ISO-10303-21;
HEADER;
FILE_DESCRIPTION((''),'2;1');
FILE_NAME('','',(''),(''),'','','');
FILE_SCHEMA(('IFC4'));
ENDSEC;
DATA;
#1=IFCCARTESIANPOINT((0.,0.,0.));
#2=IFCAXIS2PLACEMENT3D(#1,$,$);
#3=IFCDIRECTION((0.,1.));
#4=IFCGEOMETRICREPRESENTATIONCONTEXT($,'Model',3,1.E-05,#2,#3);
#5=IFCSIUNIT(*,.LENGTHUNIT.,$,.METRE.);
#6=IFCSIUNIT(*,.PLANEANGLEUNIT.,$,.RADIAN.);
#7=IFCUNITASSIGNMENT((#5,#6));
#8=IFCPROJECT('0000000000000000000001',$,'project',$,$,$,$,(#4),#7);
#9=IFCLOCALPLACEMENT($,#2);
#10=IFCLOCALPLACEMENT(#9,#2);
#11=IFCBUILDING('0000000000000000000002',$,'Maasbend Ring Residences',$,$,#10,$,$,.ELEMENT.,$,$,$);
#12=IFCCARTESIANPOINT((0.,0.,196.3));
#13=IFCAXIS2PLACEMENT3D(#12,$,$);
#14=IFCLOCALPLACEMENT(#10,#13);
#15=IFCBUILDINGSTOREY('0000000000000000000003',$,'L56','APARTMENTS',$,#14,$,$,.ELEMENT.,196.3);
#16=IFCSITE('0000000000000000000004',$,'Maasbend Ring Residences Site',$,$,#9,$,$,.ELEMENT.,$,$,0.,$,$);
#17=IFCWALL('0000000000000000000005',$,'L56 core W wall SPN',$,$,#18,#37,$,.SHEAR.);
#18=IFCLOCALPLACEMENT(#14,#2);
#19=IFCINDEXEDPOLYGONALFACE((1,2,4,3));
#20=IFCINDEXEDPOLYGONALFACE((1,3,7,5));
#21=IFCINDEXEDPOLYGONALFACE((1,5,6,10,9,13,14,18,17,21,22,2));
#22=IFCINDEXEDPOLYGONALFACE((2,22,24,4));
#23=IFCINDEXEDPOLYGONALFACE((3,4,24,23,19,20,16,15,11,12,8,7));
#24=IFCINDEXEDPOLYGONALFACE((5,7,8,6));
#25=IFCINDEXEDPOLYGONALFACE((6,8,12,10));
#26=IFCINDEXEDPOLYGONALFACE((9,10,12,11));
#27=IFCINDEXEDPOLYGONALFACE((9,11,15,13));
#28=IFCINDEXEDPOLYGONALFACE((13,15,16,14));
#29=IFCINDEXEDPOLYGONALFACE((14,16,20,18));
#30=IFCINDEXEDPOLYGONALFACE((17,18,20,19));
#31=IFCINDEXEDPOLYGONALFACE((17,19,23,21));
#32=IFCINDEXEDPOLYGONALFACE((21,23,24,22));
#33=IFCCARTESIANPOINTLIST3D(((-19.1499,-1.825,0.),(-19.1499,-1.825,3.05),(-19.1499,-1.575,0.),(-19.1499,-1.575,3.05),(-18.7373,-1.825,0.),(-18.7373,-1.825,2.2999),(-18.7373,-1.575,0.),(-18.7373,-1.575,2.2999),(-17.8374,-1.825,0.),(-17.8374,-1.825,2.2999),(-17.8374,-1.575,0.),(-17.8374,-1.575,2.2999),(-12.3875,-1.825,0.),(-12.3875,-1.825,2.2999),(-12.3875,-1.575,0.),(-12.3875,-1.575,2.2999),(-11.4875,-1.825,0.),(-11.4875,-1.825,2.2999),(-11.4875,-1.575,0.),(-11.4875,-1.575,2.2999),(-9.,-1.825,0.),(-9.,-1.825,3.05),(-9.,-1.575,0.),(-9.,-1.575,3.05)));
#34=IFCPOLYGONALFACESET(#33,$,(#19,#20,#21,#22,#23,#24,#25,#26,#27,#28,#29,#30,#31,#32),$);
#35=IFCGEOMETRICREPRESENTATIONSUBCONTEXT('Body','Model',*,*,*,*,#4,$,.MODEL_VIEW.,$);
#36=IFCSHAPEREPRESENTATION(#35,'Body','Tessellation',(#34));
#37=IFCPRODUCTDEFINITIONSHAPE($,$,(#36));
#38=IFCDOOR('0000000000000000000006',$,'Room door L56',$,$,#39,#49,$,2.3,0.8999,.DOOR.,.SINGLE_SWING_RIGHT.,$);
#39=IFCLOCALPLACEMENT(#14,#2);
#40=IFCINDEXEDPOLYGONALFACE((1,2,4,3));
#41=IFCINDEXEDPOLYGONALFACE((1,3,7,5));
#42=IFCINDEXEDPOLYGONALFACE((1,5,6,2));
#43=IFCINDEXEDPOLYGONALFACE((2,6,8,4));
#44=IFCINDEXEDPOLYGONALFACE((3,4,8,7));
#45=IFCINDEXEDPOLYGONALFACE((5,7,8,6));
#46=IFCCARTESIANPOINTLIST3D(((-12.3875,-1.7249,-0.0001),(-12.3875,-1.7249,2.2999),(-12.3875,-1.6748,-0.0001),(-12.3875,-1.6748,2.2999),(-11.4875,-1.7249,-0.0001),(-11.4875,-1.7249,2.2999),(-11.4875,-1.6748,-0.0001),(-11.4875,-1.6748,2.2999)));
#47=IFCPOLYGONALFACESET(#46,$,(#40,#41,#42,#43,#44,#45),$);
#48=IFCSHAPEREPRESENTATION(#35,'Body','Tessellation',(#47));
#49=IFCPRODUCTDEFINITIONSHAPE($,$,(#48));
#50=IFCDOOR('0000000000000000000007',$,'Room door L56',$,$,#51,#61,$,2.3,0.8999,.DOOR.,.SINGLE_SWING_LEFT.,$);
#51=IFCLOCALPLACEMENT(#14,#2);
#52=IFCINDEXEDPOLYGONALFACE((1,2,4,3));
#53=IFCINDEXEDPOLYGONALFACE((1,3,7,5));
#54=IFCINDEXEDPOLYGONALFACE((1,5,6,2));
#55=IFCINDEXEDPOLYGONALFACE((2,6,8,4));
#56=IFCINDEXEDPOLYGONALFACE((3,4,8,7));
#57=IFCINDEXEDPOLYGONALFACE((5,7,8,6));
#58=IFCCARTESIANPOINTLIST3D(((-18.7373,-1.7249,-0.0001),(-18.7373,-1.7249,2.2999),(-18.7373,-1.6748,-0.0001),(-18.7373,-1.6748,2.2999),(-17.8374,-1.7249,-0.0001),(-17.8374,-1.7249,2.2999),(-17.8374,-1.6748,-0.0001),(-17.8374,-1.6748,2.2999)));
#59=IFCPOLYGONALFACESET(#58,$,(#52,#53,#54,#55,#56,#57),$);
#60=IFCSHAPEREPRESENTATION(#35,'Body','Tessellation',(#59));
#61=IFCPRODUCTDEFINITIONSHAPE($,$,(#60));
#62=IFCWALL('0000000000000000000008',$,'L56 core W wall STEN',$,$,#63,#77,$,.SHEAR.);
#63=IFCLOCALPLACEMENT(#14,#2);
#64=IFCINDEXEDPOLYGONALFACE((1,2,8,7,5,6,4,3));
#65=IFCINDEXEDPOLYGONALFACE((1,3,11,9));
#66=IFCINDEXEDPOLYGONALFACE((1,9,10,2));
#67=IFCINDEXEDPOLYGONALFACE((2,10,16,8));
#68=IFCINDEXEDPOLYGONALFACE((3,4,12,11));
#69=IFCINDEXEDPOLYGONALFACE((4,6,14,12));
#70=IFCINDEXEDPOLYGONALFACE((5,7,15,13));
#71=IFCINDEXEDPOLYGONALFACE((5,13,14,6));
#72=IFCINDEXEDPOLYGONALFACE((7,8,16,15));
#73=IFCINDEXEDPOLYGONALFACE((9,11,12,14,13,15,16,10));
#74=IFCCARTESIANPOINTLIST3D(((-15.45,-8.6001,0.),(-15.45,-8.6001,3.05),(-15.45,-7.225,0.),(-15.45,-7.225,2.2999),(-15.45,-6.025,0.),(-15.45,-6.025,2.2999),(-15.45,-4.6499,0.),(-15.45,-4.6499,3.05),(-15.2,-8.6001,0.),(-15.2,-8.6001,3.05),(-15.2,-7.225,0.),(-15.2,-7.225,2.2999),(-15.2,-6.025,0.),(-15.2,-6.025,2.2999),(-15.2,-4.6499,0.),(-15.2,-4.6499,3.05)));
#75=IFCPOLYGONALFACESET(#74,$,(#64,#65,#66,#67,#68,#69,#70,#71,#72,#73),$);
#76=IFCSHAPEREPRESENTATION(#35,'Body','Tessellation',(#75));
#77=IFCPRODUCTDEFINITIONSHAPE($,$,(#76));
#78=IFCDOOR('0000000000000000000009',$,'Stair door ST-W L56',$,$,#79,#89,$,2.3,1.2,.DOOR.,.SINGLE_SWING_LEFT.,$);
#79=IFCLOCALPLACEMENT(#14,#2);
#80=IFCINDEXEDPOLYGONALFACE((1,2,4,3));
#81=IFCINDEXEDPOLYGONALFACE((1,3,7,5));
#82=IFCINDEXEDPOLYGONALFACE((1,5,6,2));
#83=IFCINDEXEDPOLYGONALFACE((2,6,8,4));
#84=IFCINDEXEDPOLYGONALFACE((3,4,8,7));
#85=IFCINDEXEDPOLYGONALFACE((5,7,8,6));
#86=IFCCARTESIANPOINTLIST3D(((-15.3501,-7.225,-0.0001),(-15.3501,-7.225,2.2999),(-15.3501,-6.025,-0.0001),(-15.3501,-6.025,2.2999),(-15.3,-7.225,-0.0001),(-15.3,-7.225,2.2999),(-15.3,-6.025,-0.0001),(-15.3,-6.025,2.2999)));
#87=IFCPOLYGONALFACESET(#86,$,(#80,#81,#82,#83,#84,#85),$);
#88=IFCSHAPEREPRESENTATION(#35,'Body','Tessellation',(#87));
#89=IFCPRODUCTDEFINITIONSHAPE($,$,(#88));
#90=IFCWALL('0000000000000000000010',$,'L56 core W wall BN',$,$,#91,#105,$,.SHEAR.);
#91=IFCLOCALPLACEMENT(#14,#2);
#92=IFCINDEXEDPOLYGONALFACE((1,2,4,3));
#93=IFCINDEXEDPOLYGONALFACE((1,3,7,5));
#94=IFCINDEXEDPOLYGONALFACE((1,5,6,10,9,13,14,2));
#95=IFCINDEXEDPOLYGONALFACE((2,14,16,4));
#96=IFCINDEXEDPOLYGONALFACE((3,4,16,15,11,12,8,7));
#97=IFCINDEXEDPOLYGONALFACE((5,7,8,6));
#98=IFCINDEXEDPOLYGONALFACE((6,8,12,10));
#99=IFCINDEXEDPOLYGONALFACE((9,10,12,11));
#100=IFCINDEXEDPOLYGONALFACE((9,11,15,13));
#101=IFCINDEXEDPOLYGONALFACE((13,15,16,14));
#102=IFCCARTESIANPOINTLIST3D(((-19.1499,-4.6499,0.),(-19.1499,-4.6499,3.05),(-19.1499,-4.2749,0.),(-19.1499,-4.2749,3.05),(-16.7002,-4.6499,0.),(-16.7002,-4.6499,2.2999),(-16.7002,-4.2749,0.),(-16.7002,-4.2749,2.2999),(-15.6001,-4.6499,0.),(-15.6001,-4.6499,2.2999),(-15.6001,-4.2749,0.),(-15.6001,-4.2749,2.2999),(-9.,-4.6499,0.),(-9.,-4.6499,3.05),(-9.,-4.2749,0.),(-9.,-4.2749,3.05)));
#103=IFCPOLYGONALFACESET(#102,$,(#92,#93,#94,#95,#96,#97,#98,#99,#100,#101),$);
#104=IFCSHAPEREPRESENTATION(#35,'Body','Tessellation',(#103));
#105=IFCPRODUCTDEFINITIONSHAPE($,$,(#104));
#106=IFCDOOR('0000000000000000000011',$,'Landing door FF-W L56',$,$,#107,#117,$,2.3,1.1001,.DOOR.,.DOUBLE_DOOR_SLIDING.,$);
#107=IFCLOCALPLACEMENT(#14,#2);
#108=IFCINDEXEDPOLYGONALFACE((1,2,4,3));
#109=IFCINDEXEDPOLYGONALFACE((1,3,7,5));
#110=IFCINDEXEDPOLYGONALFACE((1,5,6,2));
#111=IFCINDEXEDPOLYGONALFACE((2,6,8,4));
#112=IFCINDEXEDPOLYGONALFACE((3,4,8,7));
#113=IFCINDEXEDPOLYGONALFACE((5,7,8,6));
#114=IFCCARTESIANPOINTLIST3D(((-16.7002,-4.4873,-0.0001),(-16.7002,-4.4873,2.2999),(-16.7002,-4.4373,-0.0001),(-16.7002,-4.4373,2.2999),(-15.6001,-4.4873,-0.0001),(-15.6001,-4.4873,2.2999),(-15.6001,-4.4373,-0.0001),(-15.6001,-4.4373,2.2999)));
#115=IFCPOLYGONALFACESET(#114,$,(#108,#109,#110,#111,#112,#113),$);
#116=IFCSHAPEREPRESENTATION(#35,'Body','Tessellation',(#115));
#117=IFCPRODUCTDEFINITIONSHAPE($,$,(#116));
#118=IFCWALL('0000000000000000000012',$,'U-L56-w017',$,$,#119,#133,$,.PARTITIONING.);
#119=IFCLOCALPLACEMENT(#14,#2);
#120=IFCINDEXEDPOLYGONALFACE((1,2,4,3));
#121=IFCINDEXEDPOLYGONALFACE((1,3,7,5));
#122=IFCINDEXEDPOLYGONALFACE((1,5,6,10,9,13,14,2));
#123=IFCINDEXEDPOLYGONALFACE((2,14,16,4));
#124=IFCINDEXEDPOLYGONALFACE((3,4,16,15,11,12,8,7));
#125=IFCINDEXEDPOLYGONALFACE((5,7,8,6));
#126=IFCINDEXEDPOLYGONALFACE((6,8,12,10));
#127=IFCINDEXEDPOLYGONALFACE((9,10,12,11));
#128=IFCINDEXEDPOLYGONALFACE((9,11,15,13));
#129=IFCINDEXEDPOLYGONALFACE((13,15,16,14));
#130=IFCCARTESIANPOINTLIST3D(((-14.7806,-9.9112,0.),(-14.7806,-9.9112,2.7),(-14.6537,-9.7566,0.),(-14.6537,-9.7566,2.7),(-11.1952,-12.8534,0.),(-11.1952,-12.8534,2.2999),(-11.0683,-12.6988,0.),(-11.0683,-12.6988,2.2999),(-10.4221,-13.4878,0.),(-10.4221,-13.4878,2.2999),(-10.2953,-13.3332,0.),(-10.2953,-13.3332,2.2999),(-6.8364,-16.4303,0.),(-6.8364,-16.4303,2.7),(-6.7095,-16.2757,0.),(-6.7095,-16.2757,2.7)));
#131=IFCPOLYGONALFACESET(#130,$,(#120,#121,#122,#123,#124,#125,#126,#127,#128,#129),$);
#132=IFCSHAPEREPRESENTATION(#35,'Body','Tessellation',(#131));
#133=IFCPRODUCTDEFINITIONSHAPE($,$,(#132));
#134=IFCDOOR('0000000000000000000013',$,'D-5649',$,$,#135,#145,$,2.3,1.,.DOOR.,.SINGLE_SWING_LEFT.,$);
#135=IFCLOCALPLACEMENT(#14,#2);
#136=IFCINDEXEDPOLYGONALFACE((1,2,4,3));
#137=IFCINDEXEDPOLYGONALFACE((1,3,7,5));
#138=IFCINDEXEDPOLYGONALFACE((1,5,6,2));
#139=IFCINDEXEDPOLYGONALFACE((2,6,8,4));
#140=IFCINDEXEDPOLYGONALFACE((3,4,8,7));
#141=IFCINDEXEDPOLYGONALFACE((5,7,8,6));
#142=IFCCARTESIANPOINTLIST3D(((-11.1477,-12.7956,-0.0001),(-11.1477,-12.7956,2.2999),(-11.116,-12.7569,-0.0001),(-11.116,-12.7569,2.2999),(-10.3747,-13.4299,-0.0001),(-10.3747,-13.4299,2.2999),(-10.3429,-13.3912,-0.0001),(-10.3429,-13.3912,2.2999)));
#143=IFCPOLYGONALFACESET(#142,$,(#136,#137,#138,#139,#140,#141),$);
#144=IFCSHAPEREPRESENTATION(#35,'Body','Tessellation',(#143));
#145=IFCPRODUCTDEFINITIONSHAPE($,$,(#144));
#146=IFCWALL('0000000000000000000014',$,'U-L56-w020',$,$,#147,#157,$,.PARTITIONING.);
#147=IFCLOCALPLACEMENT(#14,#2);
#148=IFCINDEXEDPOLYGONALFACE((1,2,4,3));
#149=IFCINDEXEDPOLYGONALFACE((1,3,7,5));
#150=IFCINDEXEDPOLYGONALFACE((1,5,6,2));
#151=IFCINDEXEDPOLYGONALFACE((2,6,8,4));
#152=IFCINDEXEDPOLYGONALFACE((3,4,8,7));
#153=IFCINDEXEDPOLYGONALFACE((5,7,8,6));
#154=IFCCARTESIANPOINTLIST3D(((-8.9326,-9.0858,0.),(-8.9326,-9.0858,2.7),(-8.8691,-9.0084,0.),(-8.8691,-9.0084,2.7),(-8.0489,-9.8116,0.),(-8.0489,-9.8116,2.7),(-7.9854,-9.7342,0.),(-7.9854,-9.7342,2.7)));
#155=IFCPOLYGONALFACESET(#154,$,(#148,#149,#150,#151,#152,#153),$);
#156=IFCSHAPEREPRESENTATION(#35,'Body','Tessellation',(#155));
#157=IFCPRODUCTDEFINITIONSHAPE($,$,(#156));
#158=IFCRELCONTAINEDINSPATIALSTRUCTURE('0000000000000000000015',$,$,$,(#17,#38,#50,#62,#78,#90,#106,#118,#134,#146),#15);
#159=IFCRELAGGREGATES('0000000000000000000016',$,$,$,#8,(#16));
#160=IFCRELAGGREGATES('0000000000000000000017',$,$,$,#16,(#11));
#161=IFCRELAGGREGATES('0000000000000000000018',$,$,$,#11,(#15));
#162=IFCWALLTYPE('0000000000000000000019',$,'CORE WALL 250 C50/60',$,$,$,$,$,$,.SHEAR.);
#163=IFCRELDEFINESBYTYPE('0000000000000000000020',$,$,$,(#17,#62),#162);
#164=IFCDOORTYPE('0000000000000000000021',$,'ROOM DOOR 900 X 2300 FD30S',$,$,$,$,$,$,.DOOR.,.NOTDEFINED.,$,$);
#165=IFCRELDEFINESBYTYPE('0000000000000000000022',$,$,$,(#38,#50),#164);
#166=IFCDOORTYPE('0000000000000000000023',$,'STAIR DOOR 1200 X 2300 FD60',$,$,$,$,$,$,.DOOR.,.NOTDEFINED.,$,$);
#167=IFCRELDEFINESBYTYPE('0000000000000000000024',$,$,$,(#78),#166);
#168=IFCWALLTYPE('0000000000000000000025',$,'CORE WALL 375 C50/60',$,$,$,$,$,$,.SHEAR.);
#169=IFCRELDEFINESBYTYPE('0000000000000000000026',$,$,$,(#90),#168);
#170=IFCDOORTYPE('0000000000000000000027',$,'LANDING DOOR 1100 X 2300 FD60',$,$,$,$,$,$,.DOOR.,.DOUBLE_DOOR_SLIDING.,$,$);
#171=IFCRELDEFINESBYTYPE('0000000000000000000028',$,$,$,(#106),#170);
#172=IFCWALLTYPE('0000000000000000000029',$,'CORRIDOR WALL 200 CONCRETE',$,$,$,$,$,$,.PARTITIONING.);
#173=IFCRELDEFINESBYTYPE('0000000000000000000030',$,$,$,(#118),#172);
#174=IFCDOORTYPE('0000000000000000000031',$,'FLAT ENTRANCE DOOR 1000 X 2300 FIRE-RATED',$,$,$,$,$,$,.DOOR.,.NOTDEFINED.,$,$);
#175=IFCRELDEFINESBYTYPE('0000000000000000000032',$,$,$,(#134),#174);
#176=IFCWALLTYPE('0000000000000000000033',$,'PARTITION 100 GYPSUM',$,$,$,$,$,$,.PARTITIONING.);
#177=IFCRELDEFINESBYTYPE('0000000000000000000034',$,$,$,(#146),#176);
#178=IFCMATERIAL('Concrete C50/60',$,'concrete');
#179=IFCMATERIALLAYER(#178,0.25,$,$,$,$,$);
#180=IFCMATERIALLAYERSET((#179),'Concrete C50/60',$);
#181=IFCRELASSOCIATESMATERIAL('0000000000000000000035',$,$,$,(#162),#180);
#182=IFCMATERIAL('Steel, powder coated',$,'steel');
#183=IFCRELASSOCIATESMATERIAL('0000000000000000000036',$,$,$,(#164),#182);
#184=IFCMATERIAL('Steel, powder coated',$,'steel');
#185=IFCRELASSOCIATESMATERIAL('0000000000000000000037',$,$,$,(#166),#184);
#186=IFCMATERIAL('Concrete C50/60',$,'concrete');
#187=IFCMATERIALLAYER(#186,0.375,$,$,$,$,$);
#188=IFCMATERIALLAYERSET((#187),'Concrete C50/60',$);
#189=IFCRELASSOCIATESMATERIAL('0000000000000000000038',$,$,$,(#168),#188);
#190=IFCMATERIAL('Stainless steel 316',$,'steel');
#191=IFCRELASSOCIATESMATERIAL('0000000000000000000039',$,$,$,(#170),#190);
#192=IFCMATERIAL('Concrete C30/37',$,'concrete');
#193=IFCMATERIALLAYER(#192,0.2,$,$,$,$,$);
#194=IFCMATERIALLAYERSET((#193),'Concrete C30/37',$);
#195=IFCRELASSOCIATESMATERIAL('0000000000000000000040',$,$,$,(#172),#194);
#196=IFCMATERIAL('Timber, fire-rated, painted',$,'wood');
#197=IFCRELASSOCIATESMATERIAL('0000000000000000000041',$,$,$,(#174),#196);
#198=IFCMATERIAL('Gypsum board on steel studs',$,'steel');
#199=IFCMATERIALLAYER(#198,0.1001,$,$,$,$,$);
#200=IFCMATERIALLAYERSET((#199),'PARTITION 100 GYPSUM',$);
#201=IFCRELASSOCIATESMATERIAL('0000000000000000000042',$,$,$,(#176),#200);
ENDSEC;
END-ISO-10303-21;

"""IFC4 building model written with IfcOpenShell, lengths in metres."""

from ifc_helpers import new_model, si_unit, direction, frame, frame_2d, origin, place, context, subcontext, project, spatial, rectangle, extrude, material, layer, layer_set, type_object, element, fill, save


model = new_model("IFC4")

# Units and contexts
model_context = context("Model", 3, precision=1e-05, world=origin(), true_north=direction((0.0, 1.0)))
body_context = subcontext(model_context, "Body", "Model", "MODEL_VIEW")
ifc_project = project(units=[si_unit("LENGTHUNIT", "METRE"), si_unit("PLANEANGLEUNIT", "RADIAN")], contexts=[model_context])

# Site, building, storey
site_placement = place(None, origin())
site = spatial("IfcSite", under=ifc_project, at=site_placement, Name="Maasbend Ring Residences Site", CompositionType="ELEMENT", RefElevation=0.0)
building_placement = place(site_placement, origin())
building = spatial("IfcBuilding", under=site, at=building_placement, Name="Maasbend Ring Residences", CompositionType="ELEMENT")
storey_placement = place(building_placement, frame((0.0, 0.0, 196.3)))
storey = spatial("IfcBuildingStorey", under=building, at=storey_placement, Name="L56", Description="APARTMENTS", CompositionType="ELEMENT", Elevation=196.3)

# Wall, openings, doors
ifc_material_1 = material(Name="Concrete C50/60", Category="concrete")
ifc_layer_1 = layer(ifc_material_1, 0.25)
ifc_layer_set_1 = layer_set([ifc_layer_1], Name="Concrete C50/60")
wall_type_1 = type_object("IfcWallType", Name="CORE WALL 250 C50/60", PredefinedType="SHEAR", material=ifc_layer_set_1)
wall_1_placement = place(storey_placement, frame((-9.0, -1.7, 0.0), z_axis=(0.0, 0.0, 1.0), x_axis=(-1.0, 0.0, 0.0)))
wall_1 = element("IfcWall", 1, at=wall_1_placement, inside=storey, type_object=wall_type_1, Name="L56 core W wall SPN", PredefinedType="SHEAR", context=body_context, shape_type="SweptSolid", body=[
    extrude(rectangle(XDim=10.1499, YDim=0.25, at=frame_2d((5.075, 0.0))), origin(), (0.0, 0.0, 1.0), 3.05),
])
opening_1_placement = place(wall_1_placement, frame((2.4875, 0.0, 0.0)))
opening_1 = element("IfcOpeningElement", 2, at=opening_1_placement, cuts=wall_1, PredefinedType="OPENING", context=body_context, shape_type="SweptSolid", body=[
    extrude(rectangle(XDim=0.8999, YDim=2.3, at=frame_2d((0.45, 1.1499))), frame((0.0, 0.135, 0.0), z_axis=(0.0, -1.0, 0.0), x_axis=(1.0, 0.0, 0.0)), (0.0, 0.0, 1.0), 0.27),
])
opening_2_placement = place(wall_1_placement, frame((8.8374, 0.0, 0.0)))
opening_2 = element("IfcOpeningElement", 3, at=opening_2_placement, cuts=wall_1, PredefinedType="OPENING", context=body_context, shape_type="SweptSolid", body=[
    extrude(rectangle(XDim=0.8999, YDim=2.3, at=frame_2d((0.45, 1.1499))), frame((0.0, 0.135, 0.0), z_axis=(0.0, -1.0, 0.0), x_axis=(1.0, 0.0, 0.0)), (0.0, 0.0, 1.0), 0.27),
])
ifc_material_2 = material(Name="Steel, powder coated", Category="steel")
door_type_1 = type_object("IfcDoorType", Name="ROOM DOOR 900 X 2300 FD30S", OperationType="NOTDEFINED", PredefinedType="DOOR", material=ifc_material_2)
door_1_placement = place(opening_1_placement, origin())
door_1 = element("IfcDoor", 4, at=door_1_placement, inside=storey, type_object=door_type_1, Name="Room door L56", OperationType="SINGLE_SWING_RIGHT", OverallHeight=2.3, OverallWidth=0.8999, PredefinedType="DOOR", context=body_context, shape_type="SweptSolid", body=[
    extrude(rectangle(XDim=0.8999, YDim=2.3, at=frame_2d((0.45, 1.1499))), frame((0.0, 0.0249, 0.0), z_axis=(0.0, -1.0, 0.0), x_axis=(1.0, 0.0, 0.0)), (0.0, 0.0, 1.0), 0.05),
])
fill(opening_1, door_1)
door_2_placement = place(opening_2_placement, origin())
door_2 = element("IfcDoor", 5, at=door_2_placement, inside=storey, type_object=door_type_1, Name="Room door L56", OperationType="SINGLE_SWING_LEFT", OverallHeight=2.3, OverallWidth=0.8999, PredefinedType="DOOR", context=body_context, shape_type="SweptSolid", body=[
    extrude(rectangle(XDim=0.8999, YDim=2.3, at=frame_2d((0.45, 1.1499))), frame((0.0, 0.0249, 0.0), z_axis=(0.0, -1.0, 0.0), x_axis=(1.0, 0.0, 0.0)), (0.0, 0.0, 1.0), 0.05),
])
fill(opening_2, door_2)

# Walls, openings, doors
wall_2_placement = place(storey_placement, frame((-15.325, -4.6499, 0.0), z_axis=(0.0, 0.0, 1.0), x_axis=(0.0, -1.0, 0.0)))
wall_2 = element("IfcWall", 6, at=wall_2_placement, inside=storey, type_object=wall_type_1, Name="L56 core W wall STEN", PredefinedType="SHEAR", context=body_context, shape_type="SweptSolid", body=[
    extrude(rectangle(XDim=3.9502, YDim=0.25, at=frame_2d((1.9751, 0.0))), origin(), (0.0, 0.0, 1.0), 3.05),
])
opening_3_placement = place(wall_2_placement, frame((1.375, 0.0, 0.0)))
opening_3 = element("IfcOpeningElement", 7, at=opening_3_placement, cuts=wall_2, PredefinedType="OPENING", context=body_context, shape_type="SweptSolid", body=[
    extrude(rectangle(XDim=1.2, YDim=2.3, at=frame_2d((0.6001, 1.1499))), frame((0.0, 0.135, 0.0), z_axis=(0.0, -1.0, 0.0), x_axis=(1.0, 0.0, 0.0)), (0.0, 0.0, 1.0), 0.27),
])
ifc_material_3 = material(Name="Steel, powder coated", Category="steel")
door_type_2 = type_object("IfcDoorType", Name="STAIR DOOR 1200 X 2300 FD60", OperationType="NOTDEFINED", PredefinedType="DOOR", material=ifc_material_3)
door_3_placement = place(opening_3_placement, origin())
door_3 = element("IfcDoor", 8, at=door_3_placement, inside=storey, type_object=door_type_2, Name="Stair door ST-W L56", OperationType="SINGLE_SWING_LEFT", OverallHeight=2.3, OverallWidth=1.2, PredefinedType="DOOR", context=body_context, shape_type="SweptSolid", body=[
    extrude(rectangle(XDim=1.2, YDim=2.3, at=frame_2d((0.6001, 1.1499))), frame((0.0, 0.0249, 0.0), z_axis=(0.0, -1.0, 0.0), x_axis=(1.0, 0.0, 0.0)), (0.0, 0.0, 1.0), 0.05),
])
fill(opening_3, door_3)
ifc_material_4 = material(Name="Concrete C50/60", Category="concrete")
ifc_layer_2 = layer(ifc_material_4, 0.375)
ifc_layer_set_2 = layer_set([ifc_layer_2], Name="Concrete C50/60")
wall_type_2 = type_object("IfcWallType", Name="CORE WALL 375 C50/60", PredefinedType="SHEAR", material=ifc_layer_set_2)
wall_3_placement = place(storey_placement, frame((-9.0, -4.4624, 0.0), z_axis=(0.0, 0.0, 1.0), x_axis=(-1.0, 0.0, 0.0)))
wall_3 = element("IfcWall", 9, at=wall_3_placement, inside=storey, type_object=wall_type_2, Name="L56 core W wall BN", PredefinedType="SHEAR", context=body_context, shape_type="SweptSolid", body=[
    extrude(rectangle(XDim=10.1499, YDim=0.375, at=frame_2d((5.075, 0.0))), origin(), (0.0, 0.0, 1.0), 3.05),
])
opening_4_placement = place(wall_3_placement, frame((6.6001, 0.0, 0.0)))
opening_4 = element("IfcOpeningElement", 10, at=opening_4_placement, cuts=wall_3, PredefinedType="OPENING", context=body_context, shape_type="SweptSolid", body=[
    extrude(rectangle(XDim=1.1001, YDim=2.3, at=frame_2d((0.55, 1.1499))), frame((0.0, 0.1975, 0.0), z_axis=(0.0, -1.0, 0.0), x_axis=(1.0, 0.0, 0.0)), (0.0, 0.0, 1.0), 0.395),
])
ifc_material_5 = material(Name="Stainless steel 316", Category="steel")
door_type_3 = type_object("IfcDoorType", Name="LANDING DOOR 1100 X 2300 FD60", OperationType="DOUBLE_DOOR_SLIDING", PredefinedType="DOOR", material=ifc_material_5)
door_4_placement = place(opening_4_placement, origin())
door_4 = element("IfcDoor", 11, at=door_4_placement, inside=storey, type_object=door_type_3, Name="Landing door FF-W L56", OperationType="DOUBLE_DOOR_SLIDING", OverallHeight=2.3, OverallWidth=1.1001, PredefinedType="DOOR", context=body_context, shape_type="SweptSolid", body=[
    extrude(rectangle(XDim=1.1001, YDim=2.3, at=frame_2d((0.55, 1.1499))), frame((0.0, 0.0249, 0.0), z_axis=(0.0, -1.0, 0.0), x_axis=(1.0, 0.0, 0.0)), (0.0, 0.0, 1.0), 0.05),
])
fill(opening_4, door_4)
ifc_material_6 = material(Name="Concrete C30/37", Category="concrete")
ifc_layer_3 = layer(ifc_material_6, 0.2)
ifc_layer_set_3 = layer_set([ifc_layer_3], Name="Concrete C30/37")
wall_type_3 = type_object("IfcWallType", Name="CORRIDOR WALL 200 CONCRETE", PredefinedType="PARTITIONING", material=ifc_layer_set_3)
wall_4_placement = place(storey_placement, frame((-14.717, -9.834, 0.0), z_axis=(0.0, 0.0, 1.0), x_axis=(0.773035, -0.634364, 0.0)))
wall_4 = element("IfcWall", 12, at=wall_4_placement, inside=storey, type_object=wall_type_3, Name="U-L56-w017", PredefinedType="PARTITIONING", context=body_context, shape_type="SweptSolid", body=[
    extrude(rectangle(XDim=10.2766, YDim=0.2, at=frame_2d((5.1382, 0.0))), origin(), (0.0, 0.0, 1.0), 2.7),
])
opening_5_placement = place(wall_4_placement, frame((4.6379, 0.0, 0.0)))
opening_5 = element("IfcOpeningElement", 13, at=opening_5_placement, cuts=wall_4, PredefinedType="OPENING", context=body_context, shape_type="SweptSolid", body=[
    extrude(rectangle(XDim=1.0, YDim=2.3, at=frame_2d((0.5, 1.1499))), frame((0.0, 0.1099, 0.0), z_axis=(0.0, -1.0, 0.0), x_axis=(1.0, 0.0, 0.0)), (0.0, 0.0, 1.0), 0.22),
])
ifc_material_7 = material(Name="Timber, fire-rated, painted", Category="wood")
door_type_4 = type_object("IfcDoorType", Name="FLAT ENTRANCE DOOR 1000 X 2300 FIRE-RATED", OperationType="NOTDEFINED", PredefinedType="DOOR", material=ifc_material_7)
door_5_placement = place(opening_5_placement, origin())
door_5 = element("IfcDoor", 14, at=door_5_placement, inside=storey, type_object=door_type_4, Name="D-5649", OperationType="SINGLE_SWING_LEFT", OverallHeight=2.3, OverallWidth=1.0, PredefinedType="DOOR", context=body_context, shape_type="SweptSolid", body=[
    extrude(rectangle(XDim=1.0, YDim=2.3, at=frame_2d((0.5, 1.1499))), frame((0.0, 0.0249, 0.0), z_axis=(0.0, -1.0, 0.0), x_axis=(1.0, 0.0, 0.0)), (0.0, 0.0, 1.0), 0.05),
])
fill(opening_5, door_5)

# Wall
ifc_material_8 = material(Name="Gypsum board on steel studs", Category="steel")
ifc_layer_4 = layer(ifc_material_8, 0.1001)
ifc_layer_set_4 = layer_set([ifc_layer_4], Name="PARTITION 100 GYPSUM")
wall_type_4 = type_object("IfcWallType", Name="PARTITION 100 GYPSUM", PredefinedType="PARTITIONING", material=ifc_layer_set_4)
wall_5_placement = place(storey_placement, frame((-8.9009, -9.0471, 0.0), z_axis=(0.0, 0.0, 1.0), x_axis=(0.772786, -0.634667, 0.0)))
element("IfcWall", 15, at=wall_5_placement, inside=storey, type_object=wall_type_4, Name="U-L56-w020", PredefinedType="PARTITIONING", context=body_context, shape_type="SweptSolid", body=[
    extrude(rectangle(XDim=1.1436, YDim=0.1001, at=frame_2d((0.5718, 0.0))), origin(), (0.0, 0.0, 1.0), 2.7),
])

save(model, "model.ifc")
